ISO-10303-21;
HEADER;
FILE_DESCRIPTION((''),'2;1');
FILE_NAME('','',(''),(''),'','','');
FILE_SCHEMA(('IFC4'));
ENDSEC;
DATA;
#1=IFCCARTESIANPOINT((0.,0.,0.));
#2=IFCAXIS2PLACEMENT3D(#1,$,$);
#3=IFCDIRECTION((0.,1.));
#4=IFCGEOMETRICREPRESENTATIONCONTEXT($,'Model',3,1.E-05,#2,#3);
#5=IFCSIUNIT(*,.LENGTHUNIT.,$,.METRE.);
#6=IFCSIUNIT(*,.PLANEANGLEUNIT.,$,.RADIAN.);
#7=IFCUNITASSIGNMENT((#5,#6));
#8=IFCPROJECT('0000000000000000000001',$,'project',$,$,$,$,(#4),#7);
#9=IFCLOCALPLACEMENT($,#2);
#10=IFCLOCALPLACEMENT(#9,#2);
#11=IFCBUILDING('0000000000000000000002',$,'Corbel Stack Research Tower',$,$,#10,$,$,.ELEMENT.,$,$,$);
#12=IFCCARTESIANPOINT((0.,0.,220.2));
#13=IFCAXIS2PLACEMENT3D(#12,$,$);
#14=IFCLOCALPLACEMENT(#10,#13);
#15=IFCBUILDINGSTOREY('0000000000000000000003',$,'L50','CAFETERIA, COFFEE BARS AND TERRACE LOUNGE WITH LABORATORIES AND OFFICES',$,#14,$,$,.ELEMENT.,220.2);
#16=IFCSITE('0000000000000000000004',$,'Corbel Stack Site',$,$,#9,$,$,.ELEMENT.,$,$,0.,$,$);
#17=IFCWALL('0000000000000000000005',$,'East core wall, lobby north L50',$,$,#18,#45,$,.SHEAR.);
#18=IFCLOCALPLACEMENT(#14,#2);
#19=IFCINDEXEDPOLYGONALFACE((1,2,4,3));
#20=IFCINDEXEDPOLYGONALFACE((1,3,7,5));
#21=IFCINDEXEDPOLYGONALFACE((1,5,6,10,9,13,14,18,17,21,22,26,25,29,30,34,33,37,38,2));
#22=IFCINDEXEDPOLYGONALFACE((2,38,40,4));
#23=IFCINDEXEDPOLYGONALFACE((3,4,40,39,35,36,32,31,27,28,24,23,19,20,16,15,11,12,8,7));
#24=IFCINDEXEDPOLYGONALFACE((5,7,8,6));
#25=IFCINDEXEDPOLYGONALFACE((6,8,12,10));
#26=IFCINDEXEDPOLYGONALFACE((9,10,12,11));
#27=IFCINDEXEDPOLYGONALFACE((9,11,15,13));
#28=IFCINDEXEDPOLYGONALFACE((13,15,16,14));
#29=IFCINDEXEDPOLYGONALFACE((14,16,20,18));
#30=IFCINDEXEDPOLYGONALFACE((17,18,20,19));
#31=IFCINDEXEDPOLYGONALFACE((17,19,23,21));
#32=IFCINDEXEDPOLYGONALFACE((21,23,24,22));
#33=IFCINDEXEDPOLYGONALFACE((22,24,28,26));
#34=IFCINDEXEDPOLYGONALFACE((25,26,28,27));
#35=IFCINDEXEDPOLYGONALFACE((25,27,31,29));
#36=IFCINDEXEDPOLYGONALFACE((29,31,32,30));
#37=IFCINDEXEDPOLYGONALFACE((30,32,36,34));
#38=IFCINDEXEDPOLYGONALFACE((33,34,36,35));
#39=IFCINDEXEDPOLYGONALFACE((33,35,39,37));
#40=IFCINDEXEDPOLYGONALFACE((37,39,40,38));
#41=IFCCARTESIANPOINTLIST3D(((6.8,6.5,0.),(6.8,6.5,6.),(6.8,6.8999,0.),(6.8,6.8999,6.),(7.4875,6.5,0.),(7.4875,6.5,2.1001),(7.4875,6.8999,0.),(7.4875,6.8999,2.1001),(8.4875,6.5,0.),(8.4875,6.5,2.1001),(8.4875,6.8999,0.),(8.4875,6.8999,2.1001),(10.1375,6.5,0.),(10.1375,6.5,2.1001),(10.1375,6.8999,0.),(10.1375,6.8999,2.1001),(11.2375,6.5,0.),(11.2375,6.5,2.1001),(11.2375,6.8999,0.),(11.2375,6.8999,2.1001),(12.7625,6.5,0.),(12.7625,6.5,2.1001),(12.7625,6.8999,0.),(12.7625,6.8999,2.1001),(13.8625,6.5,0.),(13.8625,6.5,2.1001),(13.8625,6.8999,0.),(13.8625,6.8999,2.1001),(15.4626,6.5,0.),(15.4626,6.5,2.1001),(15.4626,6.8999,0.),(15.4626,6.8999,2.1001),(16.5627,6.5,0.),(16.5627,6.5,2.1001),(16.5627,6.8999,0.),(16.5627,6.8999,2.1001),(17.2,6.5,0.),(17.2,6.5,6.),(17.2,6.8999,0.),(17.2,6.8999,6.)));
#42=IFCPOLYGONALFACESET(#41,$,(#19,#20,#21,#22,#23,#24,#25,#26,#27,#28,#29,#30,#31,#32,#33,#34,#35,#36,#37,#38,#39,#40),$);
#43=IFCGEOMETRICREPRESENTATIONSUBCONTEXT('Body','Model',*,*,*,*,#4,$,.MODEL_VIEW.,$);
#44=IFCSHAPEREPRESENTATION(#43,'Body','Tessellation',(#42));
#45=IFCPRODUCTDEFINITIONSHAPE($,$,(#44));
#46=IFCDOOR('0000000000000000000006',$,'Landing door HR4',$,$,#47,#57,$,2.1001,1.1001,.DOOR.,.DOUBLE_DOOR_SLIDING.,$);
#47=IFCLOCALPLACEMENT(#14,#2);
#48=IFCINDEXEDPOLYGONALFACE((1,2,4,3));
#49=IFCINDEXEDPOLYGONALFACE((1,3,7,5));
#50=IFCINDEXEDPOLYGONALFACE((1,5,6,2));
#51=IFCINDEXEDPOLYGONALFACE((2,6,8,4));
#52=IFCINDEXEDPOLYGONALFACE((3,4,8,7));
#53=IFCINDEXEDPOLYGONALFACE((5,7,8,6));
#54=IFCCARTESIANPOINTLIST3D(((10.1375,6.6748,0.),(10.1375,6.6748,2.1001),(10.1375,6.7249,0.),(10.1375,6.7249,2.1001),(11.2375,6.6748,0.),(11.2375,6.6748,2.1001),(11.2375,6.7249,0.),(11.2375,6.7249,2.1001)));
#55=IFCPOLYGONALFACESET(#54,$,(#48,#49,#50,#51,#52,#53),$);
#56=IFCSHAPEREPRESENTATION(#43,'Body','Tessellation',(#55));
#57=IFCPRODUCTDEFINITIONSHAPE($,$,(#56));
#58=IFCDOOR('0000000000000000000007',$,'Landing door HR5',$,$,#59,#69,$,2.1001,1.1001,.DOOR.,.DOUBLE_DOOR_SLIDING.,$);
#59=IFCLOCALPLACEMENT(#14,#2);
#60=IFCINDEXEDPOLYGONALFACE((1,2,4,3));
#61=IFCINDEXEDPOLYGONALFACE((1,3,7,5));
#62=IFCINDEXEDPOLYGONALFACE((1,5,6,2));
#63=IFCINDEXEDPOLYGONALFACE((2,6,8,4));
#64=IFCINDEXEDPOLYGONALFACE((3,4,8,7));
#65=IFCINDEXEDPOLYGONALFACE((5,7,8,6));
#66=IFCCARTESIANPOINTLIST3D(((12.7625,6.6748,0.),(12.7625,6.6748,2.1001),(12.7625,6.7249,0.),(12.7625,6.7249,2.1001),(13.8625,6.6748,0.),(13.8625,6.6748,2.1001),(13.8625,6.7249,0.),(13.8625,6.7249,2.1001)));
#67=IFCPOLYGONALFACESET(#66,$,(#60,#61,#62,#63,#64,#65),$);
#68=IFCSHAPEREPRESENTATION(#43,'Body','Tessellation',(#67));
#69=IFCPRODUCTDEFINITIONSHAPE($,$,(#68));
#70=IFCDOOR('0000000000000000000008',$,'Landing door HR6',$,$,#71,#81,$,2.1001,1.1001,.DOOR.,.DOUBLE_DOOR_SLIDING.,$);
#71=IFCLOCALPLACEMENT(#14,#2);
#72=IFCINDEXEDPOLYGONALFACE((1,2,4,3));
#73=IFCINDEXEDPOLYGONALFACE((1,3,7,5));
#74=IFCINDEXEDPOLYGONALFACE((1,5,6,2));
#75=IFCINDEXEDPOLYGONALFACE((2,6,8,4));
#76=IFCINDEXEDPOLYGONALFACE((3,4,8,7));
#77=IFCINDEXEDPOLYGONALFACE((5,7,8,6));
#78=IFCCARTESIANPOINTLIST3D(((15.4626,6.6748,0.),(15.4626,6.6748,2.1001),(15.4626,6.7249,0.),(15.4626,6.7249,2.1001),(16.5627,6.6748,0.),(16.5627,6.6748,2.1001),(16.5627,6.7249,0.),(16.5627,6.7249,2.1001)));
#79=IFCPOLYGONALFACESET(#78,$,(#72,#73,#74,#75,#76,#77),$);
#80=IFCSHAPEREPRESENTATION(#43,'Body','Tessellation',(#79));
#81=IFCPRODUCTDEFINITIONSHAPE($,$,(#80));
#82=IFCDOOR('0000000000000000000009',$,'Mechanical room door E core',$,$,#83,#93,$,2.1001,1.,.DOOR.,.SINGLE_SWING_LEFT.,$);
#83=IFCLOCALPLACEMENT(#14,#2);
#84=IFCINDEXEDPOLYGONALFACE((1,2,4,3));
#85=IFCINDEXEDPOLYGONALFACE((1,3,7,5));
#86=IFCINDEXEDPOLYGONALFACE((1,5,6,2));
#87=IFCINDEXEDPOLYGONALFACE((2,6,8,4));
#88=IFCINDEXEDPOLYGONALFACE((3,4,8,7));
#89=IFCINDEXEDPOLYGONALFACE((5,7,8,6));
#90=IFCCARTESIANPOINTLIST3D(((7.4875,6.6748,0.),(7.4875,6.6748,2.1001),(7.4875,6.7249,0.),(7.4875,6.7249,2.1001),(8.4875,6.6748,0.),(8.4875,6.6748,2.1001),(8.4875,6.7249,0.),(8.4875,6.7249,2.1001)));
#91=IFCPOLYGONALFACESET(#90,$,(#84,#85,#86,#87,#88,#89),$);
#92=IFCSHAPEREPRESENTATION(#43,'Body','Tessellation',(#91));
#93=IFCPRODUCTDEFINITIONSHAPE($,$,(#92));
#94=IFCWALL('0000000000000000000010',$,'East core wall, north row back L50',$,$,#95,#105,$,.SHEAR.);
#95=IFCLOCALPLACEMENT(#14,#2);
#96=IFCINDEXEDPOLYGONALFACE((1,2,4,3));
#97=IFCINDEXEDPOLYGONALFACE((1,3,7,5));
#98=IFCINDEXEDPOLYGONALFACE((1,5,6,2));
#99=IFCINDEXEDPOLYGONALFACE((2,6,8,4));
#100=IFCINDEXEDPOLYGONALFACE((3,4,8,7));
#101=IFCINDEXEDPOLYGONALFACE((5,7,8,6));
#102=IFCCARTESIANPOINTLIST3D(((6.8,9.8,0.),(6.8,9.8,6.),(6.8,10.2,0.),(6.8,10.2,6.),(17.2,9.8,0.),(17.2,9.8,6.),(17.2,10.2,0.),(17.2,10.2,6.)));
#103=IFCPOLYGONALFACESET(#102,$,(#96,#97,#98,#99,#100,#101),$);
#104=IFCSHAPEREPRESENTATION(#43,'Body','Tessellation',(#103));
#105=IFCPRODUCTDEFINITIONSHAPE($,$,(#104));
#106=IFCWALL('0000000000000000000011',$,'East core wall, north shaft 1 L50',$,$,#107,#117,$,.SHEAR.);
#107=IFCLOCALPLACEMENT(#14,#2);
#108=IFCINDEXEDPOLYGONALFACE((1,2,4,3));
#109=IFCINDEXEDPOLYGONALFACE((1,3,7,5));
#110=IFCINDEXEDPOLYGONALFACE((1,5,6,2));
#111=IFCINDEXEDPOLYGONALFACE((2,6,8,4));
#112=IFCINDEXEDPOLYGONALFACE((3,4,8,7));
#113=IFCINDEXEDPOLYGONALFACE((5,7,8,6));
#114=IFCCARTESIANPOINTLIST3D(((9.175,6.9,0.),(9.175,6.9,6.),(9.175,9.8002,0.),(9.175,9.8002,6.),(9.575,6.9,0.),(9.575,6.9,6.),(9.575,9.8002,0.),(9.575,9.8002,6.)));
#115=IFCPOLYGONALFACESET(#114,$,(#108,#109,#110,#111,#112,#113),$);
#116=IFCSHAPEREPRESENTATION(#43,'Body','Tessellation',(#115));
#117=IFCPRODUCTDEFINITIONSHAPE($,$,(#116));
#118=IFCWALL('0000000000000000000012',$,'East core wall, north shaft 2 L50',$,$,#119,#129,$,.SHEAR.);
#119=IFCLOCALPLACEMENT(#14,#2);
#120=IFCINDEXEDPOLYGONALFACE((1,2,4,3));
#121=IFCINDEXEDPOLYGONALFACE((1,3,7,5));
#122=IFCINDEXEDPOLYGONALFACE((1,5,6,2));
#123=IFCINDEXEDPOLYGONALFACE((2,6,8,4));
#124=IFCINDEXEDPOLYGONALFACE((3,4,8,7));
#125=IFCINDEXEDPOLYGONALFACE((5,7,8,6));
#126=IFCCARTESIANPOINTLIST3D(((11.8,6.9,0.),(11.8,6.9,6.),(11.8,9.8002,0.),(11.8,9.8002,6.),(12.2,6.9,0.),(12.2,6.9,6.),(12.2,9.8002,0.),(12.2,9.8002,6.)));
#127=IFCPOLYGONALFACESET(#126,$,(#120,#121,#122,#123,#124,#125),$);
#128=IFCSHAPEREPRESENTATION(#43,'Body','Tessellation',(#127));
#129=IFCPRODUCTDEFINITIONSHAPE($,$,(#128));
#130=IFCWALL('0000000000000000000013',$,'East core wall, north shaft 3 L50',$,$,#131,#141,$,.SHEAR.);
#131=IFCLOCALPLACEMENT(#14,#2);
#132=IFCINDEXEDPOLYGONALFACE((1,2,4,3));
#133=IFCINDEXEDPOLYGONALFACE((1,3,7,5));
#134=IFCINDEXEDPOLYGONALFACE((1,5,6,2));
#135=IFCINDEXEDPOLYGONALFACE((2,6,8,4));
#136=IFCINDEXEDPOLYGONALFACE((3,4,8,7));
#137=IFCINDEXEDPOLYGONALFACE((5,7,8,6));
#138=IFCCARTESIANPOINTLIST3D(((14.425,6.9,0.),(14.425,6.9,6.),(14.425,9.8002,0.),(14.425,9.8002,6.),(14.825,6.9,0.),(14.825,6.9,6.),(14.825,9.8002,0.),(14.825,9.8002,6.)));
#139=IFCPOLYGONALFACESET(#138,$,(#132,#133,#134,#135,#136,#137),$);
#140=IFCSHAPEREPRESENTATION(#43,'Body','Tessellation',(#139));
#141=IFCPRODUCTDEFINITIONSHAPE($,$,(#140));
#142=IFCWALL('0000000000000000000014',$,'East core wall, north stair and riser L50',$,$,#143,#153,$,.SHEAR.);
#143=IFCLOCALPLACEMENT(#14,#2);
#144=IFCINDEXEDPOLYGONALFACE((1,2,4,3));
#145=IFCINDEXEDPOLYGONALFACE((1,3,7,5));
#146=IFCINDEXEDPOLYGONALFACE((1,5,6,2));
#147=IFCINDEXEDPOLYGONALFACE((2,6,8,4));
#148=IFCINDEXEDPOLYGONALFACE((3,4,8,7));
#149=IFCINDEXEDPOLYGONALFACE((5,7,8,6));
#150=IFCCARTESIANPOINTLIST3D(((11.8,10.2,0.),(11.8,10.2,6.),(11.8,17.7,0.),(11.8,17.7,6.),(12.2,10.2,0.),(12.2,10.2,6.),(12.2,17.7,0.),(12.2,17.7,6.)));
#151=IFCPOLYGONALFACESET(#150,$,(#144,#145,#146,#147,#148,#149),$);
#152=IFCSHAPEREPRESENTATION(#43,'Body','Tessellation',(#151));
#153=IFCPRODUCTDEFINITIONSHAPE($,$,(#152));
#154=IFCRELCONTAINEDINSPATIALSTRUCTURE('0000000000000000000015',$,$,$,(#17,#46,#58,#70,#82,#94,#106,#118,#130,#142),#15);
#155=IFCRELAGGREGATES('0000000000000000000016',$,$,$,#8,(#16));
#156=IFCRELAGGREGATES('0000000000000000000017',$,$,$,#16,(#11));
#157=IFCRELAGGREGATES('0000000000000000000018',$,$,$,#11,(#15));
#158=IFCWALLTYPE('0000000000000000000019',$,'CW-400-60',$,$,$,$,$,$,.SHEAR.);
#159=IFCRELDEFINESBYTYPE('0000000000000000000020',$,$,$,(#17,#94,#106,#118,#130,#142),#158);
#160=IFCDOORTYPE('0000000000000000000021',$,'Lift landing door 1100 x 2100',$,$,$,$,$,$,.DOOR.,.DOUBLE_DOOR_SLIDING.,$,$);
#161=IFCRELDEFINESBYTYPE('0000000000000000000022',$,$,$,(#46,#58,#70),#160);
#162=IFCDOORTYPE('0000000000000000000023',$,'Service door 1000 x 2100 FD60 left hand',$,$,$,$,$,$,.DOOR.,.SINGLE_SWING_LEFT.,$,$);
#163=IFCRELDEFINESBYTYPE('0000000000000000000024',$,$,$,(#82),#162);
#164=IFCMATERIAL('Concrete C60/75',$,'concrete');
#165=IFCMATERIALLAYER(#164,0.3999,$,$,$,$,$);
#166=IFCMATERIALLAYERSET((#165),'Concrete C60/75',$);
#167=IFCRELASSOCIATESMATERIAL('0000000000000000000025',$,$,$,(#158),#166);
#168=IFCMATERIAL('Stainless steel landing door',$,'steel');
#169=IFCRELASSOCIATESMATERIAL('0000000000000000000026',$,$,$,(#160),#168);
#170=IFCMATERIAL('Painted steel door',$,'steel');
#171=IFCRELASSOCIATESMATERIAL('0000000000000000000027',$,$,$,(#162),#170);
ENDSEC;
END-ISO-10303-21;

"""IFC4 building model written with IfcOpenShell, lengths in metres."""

from ifc_helpers import new_model, si_unit, direction, frame, frame_2d, origin, place, context, subcontext, project, spatial, rectangle, extrude, material, layer, layer_set, type_object, element, fill, save


model = new_model("IFC4")

# Units and contexts
model_context = context("Model", 3, precision=1e-05, world=origin(), true_north=direction((0.0, 1.0)))
body_context = subcontext(model_context, "Body", "Model", "MODEL_VIEW")
ifc_project = project(units=[si_unit("LENGTHUNIT", "METRE"), si_unit("PLANEANGLEUNIT", "RADIAN")], contexts=[model_context])

# Site, building, storey
site_placement = place(None, origin())
site = spatial("IfcSite", under=ifc_project, at=site_placement, Name="Corbel Stack Site", CompositionType="ELEMENT", RefElevation=0.0)
building_placement = place(site_placement, origin())
building = spatial("IfcBuilding", under=site, at=building_placement, Name="Corbel Stack Research Tower", CompositionType="ELEMENT")
storey_placement = place(building_placement, frame((0.0, 0.0, 220.2)))
storey = spatial("IfcBuildingStorey", under=building, at=storey_placement, Name="L50", Description="CAFETERIA, COFFEE BARS AND TERRACE LOUNGE WITH LABORATORIES AND OFFICES", CompositionType="ELEMENT", Elevation=220.2)

# Wall, openings, doors
ifc_material_1 = material(Name="Concrete C60/75", Category="concrete")
ifc_layer_1 = layer(ifc_material_1, 0.3999)
ifc_layer_set_1 = layer_set([ifc_layer_1], Name="Concrete C60/75")
wall_type_1 = type_object("IfcWallType", Name="CW-400-60", PredefinedType="SHEAR", material=ifc_layer_set_1)
ifc_material_2 = material(Name="Stainless steel landing door", Category="steel")
door_type_1 = type_object("IfcDoorType", Name="Lift landing door 1100 x 2100", OperationType="DOUBLE_DOOR_SLIDING", PredefinedType="DOOR", material=ifc_material_2)
ifc_material_3 = material(Name="Painted steel door", Category="steel")
door_type_2 = type_object("IfcDoorType", Name="Service door 1000 x 2100 FD60 left hand", OperationType="SINGLE_SWING_LEFT", PredefinedType="DOOR", material=ifc_material_3)
wall_1_placement = place(storey_placement, frame((6.8, 6.7, 0.0), z_axis=(0.0, 0.0, 1.0), x_axis=(1.0, 0.0, 0.0)))
wall_1 = element("IfcWall", 1, at=wall_1_placement, inside=storey, type_object=wall_type_1, Name="East core wall, lobby north L50", PredefinedType="SHEAR", context=body_context, shape_type="SweptSolid", body=[
    extrude(rectangle(XDim=10.3999, YDim=0.3999, at=frame_2d((5.2, 0.0))), origin(), (0.0, 0.0, 1.0), 6.0),
])
opening_1_placement = place(wall_1_placement, frame((3.3374, 0.0, 0.0)))
opening_1 = element("IfcOpeningElement", 2, at=opening_1_placement, cuts=wall_1, PredefinedType="OPENING", context=body_context, shape_type="SweptSolid", body=[
    extrude(rectangle(XDim=1.1001, YDim=2.1001, at=frame_2d((0.55, 1.05))), frame((0.0, 0.21, 0.0), z_axis=(0.0, -1.0, 0.0), x_axis=(1.0, 0.0, 0.0)), (0.0, 0.0, 1.0), 0.4199),
])
opening_2_placement = place(wall_1_placement, frame((5.9624, 0.0, 0.0)))
opening_2 = element("IfcOpeningElement", 3, at=opening_2_placement, cuts=wall_1, PredefinedType="OPENING", context=body_context, shape_type="SweptSolid", body=[
    extrude(rectangle(XDim=1.1001, YDim=2.1001, at=frame_2d((0.55, 1.05))), frame((0.0, 0.21, 0.0), z_axis=(0.0, -1.0, 0.0), x_axis=(1.0, 0.0, 0.0)), (0.0, 0.0, 1.0), 0.4199),
])
opening_3_placement = place(wall_1_placement, frame((8.6626, 0.0, 0.0)))
opening_3 = element("IfcOpeningElement", 4, at=opening_3_placement, cuts=wall_1, PredefinedType="OPENING", context=body_context, shape_type="SweptSolid", body=[
    extrude(rectangle(XDim=1.1001, YDim=2.1001, at=frame_2d((0.55, 1.05))), frame((0.0, 0.21, 0.0), z_axis=(0.0, -1.0, 0.0), x_axis=(1.0, 0.0, 0.0)), (0.0, 0.0, 1.0), 0.4199),
])
opening_4_placement = place(wall_1_placement, frame((0.6875, 0.0, 0.0)))
opening_4 = element("IfcOpeningElement", 5, at=opening_4_placement, cuts=wall_1, PredefinedType="OPENING", context=body_context, shape_type="SweptSolid", body=[
    extrude(rectangle(XDim=1.0, YDim=2.1001, at=frame_2d((0.5, 1.05))), frame((0.0, 0.21, 0.0), z_axis=(0.0, -1.0, 0.0), x_axis=(1.0, 0.0, 0.0)), (0.0, 0.0, 1.0), 0.4199),
])
door_1_placement = place(opening_1_placement, origin())
door_1 = element("IfcDoor", 6, at=door_1_placement, inside=storey, type_object=door_type_1, Name="Landing door HR4", OperationType="DOUBLE_DOOR_SLIDING", OverallHeight=2.1001, OverallWidth=1.1001, PredefinedType="DOOR", context=body_context, shape_type="SweptSolid", body=[
    extrude(rectangle(XDim=1.1001, YDim=2.1001, at=frame_2d((0.55, 1.05))), frame((0.0, 0.0249, 0.0), z_axis=(0.0, -1.0, 0.0), x_axis=(1.0, 0.0, 0.0)), (0.0, 0.0, 1.0), 0.05),
])
fill(opening_1, door_1)
door_2_placement = place(opening_2_placement, origin())
door_2 = element("IfcDoor", 7, at=door_2_placement, inside=storey, type_object=door_type_1, Name="Landing door HR5", OperationType="DOUBLE_DOOR_SLIDING", OverallHeight=2.1001, OverallWidth=1.1001, PredefinedType="DOOR", context=body_context, shape_type="SweptSolid", body=[
    extrude(rectangle(XDim=1.1001, YDim=2.1001, at=frame_2d((0.55, 1.05))), frame((0.0, 0.0249, 0.0), z_axis=(0.0, -1.0, 0.0), x_axis=(1.0, 0.0, 0.0)), (0.0, 0.0, 1.0), 0.05),
])
fill(opening_2, door_2)
door_3_placement = place(opening_3_placement, origin())
door_3 = element("IfcDoor", 8, at=door_3_placement, inside=storey, type_object=door_type_1, Name="Landing door HR6", OperationType="DOUBLE_DOOR_SLIDING", OverallHeight=2.1001, OverallWidth=1.1001, PredefinedType="DOOR", context=body_context, shape_type="SweptSolid", body=[
    extrude(rectangle(XDim=1.1001, YDim=2.1001, at=frame_2d((0.55, 1.05))), frame((0.0, 0.0249, 0.0), z_axis=(0.0, -1.0, 0.0), x_axis=(1.0, 0.0, 0.0)), (0.0, 0.0, 1.0), 0.05),
])
fill(opening_3, door_3)
door_4_placement = place(opening_4_placement, origin())
door_4 = element("IfcDoor", 9, at=door_4_placement, inside=storey, type_object=door_type_2, Name="Mechanical room door E core", OperationType="SINGLE_SWING_LEFT", OverallHeight=2.1001, OverallWidth=1.0, PredefinedType="DOOR", context=body_context, shape_type="SweptSolid", body=[
    extrude(rectangle(XDim=1.0, YDim=2.1001, at=frame_2d((0.5, 1.05))), frame((0.0, 0.0249, 0.0), z_axis=(0.0, -1.0, 0.0), x_axis=(1.0, 0.0, 0.0)), (0.0, 0.0, 1.0), 0.05),
])
fill(opening_4, door_4)

# Walls
wall_2_placement = place(storey_placement, frame((6.8, 10.0, 0.0), z_axis=(0.0, 0.0, 1.0), x_axis=(1.0, 0.0, 0.0)))
element("IfcWall", 10, at=wall_2_placement, inside=storey, type_object=wall_type_1, Name="East core wall, north row back L50", PredefinedType="SHEAR", context=body_context, shape_type="SweptSolid", body=[
    extrude(rectangle(XDim=10.3999, YDim=0.3999, at=frame_2d((5.2, 0.0))), origin(), (0.0, 0.0, 1.0), 6.0),
])
for number, where, z_axis, x_axis, name in (
    (11, (9.375, 6.8999, 0.0), (0.0, 0.0, 1.0), (0.0, 1.0, 0.0), "East core wall, north shaft 1 L50"),
    (12, (12.0, 6.8999, 0.0), (0.0, 0.0, 1.0), (0.0, 1.0, 0.0), "East core wall, north shaft 2 L50"),
    (13, (14.625, 6.8999, 0.0), (0.0, 0.0, 1.0), (0.0, 1.0, 0.0), "East core wall, north shaft 3 L50"),
):
    element("IfcWall", number, at=place(storey_placement, frame(where, z_axis=z_axis, x_axis=x_axis)), inside=storey, type_object=wall_type_1, Name=name, PredefinedType="SHEAR", context=body_context, shape_type="SweptSolid", body=[
        extrude(rectangle(XDim=2.9001, YDim=0.3999, at=frame_2d((1.4502, 0.0))), origin(), (0.0, 0.0, 1.0), 6.0),
    ])
wall_3_placement = place(storey_placement, frame((12.0, 10.2, 0.0), z_axis=(0.0, 0.0, 1.0), x_axis=(0.0, 1.0, 0.0)))
element("IfcWall", 14, at=wall_3_placement, inside=storey, type_object=wall_type_1, Name="East core wall, north stair and riser L50", PredefinedType="SHEAR", context=body_context, shape_type="SweptSolid", body=[
    extrude(rectangle(XDim=7.5, YDim=0.3999, at=frame_2d((3.75, 0.0))), origin(), (0.0, 0.0, 1.0), 6.0),
])

save(model, "model.ifc")
